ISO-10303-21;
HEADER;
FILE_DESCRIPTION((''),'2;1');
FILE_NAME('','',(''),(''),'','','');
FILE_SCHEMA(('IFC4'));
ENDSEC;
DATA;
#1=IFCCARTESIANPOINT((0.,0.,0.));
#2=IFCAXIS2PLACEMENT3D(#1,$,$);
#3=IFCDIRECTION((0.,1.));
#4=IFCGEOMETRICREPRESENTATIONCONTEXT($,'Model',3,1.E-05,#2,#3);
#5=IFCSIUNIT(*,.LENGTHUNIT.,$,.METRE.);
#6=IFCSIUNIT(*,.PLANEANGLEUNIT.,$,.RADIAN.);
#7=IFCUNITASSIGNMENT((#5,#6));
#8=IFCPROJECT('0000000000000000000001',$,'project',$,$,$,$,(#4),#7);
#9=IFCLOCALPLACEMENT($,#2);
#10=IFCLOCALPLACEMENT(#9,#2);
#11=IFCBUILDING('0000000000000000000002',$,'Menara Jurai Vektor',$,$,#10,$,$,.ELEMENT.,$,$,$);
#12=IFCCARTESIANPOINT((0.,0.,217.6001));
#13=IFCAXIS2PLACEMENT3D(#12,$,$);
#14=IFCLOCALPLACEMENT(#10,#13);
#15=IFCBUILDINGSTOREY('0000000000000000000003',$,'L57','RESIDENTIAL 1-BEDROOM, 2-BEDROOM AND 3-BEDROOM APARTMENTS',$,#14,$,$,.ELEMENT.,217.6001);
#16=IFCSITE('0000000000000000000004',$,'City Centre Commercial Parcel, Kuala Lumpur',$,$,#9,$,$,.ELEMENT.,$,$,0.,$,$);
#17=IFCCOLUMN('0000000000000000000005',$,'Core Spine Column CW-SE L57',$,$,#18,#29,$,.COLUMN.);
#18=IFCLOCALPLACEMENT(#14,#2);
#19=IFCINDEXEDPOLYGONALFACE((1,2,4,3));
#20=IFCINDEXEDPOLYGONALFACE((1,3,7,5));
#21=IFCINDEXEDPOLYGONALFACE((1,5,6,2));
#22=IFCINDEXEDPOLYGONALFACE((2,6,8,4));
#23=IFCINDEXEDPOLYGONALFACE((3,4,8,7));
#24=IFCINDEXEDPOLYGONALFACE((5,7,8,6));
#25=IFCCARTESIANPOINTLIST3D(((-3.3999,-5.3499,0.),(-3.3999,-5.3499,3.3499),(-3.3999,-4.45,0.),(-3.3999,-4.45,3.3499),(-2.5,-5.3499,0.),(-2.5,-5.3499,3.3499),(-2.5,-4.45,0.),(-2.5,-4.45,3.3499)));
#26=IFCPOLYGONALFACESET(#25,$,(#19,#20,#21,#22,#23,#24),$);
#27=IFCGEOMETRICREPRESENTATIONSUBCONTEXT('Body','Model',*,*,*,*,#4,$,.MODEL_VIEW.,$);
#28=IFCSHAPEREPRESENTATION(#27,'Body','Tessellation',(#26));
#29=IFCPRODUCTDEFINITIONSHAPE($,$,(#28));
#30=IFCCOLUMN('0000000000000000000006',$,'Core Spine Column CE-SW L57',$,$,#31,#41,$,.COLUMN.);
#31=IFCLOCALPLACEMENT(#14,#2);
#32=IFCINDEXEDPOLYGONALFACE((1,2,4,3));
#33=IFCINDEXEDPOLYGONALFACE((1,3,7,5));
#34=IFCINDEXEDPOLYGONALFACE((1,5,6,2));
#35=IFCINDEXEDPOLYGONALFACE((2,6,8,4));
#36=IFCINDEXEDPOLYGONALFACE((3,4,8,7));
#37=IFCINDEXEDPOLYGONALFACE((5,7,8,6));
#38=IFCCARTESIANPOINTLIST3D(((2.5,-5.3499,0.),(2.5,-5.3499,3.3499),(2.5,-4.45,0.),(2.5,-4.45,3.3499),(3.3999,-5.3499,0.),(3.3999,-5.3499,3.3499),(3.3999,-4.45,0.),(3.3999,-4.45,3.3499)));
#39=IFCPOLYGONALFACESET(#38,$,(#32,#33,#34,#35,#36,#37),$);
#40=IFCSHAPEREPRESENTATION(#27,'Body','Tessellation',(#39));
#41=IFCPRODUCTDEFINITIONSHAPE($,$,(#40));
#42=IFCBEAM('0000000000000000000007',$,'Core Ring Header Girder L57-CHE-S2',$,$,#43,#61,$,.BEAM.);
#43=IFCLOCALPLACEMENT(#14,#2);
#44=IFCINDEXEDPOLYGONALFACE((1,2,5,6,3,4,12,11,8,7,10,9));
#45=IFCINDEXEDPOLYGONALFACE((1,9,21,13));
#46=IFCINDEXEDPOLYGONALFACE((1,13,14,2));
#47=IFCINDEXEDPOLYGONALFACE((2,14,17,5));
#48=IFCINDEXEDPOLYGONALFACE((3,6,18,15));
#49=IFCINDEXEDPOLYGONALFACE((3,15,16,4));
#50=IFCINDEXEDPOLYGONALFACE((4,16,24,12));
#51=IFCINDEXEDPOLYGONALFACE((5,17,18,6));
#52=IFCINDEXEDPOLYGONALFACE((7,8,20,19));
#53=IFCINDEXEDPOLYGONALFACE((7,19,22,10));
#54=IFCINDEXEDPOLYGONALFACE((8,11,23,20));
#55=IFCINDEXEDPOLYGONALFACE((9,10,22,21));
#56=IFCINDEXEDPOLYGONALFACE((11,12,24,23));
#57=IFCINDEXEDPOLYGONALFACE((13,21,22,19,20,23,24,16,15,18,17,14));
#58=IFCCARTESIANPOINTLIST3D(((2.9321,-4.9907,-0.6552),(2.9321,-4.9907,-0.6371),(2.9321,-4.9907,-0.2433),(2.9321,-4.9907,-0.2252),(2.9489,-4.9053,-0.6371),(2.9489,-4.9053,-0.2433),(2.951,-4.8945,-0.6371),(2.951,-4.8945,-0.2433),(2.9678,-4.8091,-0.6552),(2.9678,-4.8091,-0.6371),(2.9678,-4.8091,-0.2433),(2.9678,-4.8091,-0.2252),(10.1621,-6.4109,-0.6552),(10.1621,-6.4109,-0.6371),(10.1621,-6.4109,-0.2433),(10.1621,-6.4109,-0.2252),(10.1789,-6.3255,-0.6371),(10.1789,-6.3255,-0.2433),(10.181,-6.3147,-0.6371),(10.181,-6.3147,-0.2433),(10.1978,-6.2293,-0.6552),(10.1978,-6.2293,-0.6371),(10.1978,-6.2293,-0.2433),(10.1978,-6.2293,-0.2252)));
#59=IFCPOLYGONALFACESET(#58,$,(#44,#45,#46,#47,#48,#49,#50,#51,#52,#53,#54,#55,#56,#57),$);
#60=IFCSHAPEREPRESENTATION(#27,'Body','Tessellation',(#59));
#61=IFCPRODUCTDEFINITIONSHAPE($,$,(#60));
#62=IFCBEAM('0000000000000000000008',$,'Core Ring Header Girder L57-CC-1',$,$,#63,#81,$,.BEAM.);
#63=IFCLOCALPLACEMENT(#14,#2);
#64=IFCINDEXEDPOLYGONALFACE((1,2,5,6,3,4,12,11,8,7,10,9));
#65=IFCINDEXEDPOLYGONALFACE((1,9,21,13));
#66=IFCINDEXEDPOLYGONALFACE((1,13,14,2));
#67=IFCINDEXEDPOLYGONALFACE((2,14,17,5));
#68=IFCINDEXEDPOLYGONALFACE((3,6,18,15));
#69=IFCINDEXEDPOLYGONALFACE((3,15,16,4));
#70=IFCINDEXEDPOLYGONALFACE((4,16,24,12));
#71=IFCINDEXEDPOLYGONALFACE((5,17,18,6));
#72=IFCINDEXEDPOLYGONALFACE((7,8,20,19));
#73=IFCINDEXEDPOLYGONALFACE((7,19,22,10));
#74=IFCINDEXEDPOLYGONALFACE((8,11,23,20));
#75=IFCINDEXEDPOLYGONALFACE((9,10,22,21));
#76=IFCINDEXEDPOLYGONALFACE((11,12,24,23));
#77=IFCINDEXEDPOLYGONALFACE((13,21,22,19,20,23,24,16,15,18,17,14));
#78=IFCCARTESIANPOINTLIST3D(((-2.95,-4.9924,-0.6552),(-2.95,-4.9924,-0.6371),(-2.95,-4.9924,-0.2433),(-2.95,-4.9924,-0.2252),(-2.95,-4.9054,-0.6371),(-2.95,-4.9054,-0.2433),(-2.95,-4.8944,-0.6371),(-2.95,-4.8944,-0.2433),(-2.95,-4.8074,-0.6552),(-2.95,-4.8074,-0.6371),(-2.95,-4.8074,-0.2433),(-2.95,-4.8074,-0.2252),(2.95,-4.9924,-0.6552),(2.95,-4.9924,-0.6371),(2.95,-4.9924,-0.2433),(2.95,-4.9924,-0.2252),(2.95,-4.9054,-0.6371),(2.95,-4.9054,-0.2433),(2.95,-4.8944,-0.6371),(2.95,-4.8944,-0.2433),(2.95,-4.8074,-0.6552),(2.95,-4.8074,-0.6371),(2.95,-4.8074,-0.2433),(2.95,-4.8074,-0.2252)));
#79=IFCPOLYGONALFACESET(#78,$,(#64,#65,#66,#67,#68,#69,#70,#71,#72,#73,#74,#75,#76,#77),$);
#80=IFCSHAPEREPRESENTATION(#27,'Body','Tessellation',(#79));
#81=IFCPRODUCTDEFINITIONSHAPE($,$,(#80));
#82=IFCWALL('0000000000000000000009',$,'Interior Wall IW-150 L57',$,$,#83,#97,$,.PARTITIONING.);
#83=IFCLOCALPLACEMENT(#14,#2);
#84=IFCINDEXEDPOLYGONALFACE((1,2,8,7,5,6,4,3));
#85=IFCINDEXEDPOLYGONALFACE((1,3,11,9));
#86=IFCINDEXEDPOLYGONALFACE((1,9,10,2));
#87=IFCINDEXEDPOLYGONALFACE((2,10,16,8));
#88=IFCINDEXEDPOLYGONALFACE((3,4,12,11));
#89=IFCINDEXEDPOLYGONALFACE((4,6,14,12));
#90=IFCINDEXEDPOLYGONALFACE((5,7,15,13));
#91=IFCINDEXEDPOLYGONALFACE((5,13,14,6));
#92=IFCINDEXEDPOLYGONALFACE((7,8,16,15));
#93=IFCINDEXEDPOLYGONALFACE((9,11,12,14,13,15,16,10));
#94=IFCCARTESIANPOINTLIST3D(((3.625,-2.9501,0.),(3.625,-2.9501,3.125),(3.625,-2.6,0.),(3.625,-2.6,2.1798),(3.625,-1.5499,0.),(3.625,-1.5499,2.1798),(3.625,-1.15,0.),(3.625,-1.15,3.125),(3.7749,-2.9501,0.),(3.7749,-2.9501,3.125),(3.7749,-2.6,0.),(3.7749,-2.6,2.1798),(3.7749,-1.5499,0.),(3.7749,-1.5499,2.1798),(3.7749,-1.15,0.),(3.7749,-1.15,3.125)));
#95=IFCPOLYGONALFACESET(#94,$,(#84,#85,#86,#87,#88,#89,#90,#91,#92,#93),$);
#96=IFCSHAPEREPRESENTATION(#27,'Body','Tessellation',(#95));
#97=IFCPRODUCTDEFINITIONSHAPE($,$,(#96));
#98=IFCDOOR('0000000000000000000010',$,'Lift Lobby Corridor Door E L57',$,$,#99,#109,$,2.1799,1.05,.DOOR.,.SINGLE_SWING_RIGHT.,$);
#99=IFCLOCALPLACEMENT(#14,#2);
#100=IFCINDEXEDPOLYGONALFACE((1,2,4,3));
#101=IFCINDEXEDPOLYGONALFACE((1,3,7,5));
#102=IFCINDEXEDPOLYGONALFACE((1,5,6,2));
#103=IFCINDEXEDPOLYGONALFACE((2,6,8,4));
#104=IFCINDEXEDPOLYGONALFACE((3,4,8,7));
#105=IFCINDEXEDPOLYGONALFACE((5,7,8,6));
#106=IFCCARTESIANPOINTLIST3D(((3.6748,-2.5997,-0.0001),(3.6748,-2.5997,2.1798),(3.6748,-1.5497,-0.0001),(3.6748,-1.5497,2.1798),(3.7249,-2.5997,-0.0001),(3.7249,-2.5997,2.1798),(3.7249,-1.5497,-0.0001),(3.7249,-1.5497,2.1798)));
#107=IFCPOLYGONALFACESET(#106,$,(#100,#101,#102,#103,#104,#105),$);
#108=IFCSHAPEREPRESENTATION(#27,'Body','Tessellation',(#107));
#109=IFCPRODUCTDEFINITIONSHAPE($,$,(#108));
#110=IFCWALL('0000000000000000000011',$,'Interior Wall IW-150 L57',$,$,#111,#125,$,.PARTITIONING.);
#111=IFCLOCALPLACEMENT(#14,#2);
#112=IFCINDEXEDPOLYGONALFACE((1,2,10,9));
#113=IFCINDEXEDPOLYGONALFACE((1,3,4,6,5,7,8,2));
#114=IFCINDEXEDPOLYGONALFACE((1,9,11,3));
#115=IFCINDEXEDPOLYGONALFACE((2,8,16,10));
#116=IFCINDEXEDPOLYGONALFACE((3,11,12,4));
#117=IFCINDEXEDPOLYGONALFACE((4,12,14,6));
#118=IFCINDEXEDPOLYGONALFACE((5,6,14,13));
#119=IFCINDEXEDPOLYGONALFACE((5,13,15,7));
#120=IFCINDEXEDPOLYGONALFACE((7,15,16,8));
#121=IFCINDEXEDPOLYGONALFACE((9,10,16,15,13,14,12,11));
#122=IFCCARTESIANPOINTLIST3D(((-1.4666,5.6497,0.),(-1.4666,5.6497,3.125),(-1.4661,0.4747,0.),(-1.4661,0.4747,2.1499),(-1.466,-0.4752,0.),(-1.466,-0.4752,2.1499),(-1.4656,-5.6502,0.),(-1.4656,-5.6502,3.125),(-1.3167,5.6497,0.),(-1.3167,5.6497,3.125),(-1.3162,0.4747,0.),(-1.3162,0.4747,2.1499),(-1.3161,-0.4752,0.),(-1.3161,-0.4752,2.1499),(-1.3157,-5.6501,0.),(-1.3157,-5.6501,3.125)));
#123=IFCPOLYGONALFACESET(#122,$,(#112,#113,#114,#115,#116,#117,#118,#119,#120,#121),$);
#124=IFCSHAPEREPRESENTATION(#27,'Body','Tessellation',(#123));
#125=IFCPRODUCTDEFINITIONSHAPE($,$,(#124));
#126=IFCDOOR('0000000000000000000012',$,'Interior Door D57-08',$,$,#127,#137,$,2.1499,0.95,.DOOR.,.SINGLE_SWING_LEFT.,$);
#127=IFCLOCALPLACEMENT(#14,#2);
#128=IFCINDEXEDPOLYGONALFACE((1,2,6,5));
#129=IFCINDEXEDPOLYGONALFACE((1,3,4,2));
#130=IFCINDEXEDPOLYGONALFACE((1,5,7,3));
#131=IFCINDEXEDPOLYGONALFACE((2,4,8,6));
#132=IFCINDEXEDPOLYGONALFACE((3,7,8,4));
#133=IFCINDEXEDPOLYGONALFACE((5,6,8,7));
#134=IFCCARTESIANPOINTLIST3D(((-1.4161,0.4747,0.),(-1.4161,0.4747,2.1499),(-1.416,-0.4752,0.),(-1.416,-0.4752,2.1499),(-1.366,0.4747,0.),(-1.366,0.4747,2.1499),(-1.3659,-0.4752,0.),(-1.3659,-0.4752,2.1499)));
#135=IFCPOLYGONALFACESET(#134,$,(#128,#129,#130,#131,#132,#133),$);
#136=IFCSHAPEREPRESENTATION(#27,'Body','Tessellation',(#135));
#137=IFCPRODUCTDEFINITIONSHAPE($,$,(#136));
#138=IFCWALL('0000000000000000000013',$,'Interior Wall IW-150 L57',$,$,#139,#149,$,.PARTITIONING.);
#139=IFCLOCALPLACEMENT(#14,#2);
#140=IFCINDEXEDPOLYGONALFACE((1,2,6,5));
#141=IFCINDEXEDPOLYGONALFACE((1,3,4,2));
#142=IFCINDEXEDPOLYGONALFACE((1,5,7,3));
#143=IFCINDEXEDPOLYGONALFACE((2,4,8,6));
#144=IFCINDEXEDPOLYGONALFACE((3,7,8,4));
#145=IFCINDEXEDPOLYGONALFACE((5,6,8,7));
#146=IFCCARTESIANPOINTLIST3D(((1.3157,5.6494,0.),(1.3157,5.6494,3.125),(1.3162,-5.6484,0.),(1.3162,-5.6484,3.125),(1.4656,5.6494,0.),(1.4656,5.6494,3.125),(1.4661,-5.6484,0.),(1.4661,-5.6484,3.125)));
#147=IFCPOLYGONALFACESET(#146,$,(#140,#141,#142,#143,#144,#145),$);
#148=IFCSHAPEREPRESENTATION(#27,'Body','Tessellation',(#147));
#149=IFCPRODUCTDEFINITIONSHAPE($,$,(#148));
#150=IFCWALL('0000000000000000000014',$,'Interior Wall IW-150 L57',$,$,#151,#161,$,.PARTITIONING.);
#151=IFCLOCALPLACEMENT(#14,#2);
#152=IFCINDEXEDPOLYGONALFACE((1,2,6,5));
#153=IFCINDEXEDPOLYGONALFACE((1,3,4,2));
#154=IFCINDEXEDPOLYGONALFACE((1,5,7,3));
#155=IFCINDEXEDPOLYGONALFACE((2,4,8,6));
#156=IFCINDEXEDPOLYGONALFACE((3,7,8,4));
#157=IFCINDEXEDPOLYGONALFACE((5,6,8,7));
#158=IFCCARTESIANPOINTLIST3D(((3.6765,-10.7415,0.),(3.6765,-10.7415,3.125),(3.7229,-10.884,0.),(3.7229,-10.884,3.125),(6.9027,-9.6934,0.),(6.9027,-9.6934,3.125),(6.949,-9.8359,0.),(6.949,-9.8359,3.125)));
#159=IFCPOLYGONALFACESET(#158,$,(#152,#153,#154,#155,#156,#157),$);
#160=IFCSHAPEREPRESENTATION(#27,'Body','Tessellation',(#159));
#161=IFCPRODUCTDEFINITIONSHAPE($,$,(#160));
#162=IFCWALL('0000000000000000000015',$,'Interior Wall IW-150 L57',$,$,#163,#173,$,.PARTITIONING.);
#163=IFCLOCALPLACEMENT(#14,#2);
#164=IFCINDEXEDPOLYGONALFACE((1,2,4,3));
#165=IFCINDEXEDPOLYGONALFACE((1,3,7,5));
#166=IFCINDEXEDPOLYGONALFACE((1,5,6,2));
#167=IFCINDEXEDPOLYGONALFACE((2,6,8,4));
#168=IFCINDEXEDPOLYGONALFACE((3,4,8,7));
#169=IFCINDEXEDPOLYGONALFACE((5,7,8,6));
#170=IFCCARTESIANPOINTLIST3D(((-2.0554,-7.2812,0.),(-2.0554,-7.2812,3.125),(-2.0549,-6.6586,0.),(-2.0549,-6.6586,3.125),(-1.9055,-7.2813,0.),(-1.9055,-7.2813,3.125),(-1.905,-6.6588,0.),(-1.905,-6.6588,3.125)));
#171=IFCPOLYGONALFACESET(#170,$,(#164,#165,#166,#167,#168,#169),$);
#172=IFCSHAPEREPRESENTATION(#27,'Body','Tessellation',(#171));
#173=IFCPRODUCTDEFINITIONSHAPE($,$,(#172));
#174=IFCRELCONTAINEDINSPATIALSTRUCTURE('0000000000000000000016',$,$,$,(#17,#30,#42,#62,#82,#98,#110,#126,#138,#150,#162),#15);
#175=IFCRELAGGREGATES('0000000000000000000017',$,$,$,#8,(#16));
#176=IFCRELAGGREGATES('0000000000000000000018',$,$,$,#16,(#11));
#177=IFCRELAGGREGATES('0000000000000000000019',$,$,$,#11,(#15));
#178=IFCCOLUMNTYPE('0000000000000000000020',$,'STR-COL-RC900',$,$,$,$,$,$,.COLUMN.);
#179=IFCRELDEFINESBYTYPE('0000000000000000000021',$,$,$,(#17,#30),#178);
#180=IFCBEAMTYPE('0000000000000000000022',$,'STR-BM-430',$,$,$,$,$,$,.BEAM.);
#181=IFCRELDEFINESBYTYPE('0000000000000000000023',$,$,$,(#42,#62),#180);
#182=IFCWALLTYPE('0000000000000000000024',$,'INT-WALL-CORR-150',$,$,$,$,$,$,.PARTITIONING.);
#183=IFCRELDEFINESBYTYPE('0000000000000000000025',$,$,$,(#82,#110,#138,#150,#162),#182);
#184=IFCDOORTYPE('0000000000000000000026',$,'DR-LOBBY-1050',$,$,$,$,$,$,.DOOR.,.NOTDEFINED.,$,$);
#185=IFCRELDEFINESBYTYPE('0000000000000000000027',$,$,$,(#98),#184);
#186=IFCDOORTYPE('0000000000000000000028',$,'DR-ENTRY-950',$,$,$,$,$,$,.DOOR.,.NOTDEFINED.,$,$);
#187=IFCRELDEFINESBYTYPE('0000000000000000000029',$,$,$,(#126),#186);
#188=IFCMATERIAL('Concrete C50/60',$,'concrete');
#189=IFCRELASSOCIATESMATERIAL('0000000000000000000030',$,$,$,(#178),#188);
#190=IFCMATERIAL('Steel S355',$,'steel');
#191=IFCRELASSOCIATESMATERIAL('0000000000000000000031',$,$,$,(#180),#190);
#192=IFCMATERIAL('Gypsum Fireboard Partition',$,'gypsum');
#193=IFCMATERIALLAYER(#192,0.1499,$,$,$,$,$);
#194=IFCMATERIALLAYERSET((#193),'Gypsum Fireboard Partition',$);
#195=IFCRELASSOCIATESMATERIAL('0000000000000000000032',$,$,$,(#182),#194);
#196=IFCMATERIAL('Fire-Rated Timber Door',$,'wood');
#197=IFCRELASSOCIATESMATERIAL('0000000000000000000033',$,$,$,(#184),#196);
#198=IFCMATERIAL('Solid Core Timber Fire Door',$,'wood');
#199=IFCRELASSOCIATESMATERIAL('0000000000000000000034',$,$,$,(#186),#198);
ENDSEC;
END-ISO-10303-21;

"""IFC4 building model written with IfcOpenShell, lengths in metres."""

from ifc_helpers import new_model, si_unit, direction, frame, frame_2d, origin, origin_2d, place, context, subcontext, project, spatial, rectangle, i_section, extrude, material, layer, layer_set, material_profile, profile_set, type_object, element, fill, save


model = new_model("IFC4")

# Units and contexts
model_context = context("Model", 3, precision=1e-05, world=origin(), true_north=direction((0.0, 1.0)))
body_context = subcontext(model_context, "Body", "Model", "MODEL_VIEW")
ifc_project = project(units=[si_unit("LENGTHUNIT", "METRE"), si_unit("PLANEANGLEUNIT", "RADIAN")], contexts=[model_context])

# Site, building, storey
site_placement = place(None, origin())
site = spatial("IfcSite", under=ifc_project, at=site_placement, Name="City Centre Commercial Parcel, Kuala Lumpur", CompositionType="ELEMENT", RefElevation=0.0)
building_placement = place(site_placement, origin())
building = spatial("IfcBuilding", under=site, at=building_placement, Name="Menara Jurai Vektor", CompositionType="ELEMENT")
storey_placement = place(building_placement, frame((0.0, 0.0, 217.6001)))
storey = spatial("IfcBuildingStorey", under=building, at=storey_placement, Name="L57", Description="RESIDENTIAL 1-BEDROOM, 2-BEDROOM AND 3-BEDROOM APARTMENTS", CompositionType="ELEMENT", Elevation=217.6001)

# Columns
ifc_material_1 = material(Name="Concrete C50/60", Category="concrete")
ifc_material_profile_1 = material_profile(ifc_material_1, rectangle(XDim=0.8999, YDim=0.8999, at=origin_2d()), Name="RC 900x900")
ifc_profile_set_1 = profile_set([ifc_material_profile_1], Name="Concrete C50/60")
column_type = type_object("IfcColumnType", Name="STR-COL-RC900", PredefinedType="COLUMN", material=ifc_profile_set_1)
for number, where, z_axis, x_axis, name in (
    (1, (-2.95, -4.8999, 0.0), (0.0, 0.0, 1.0), (1.0, 0.0, 0.0), "Core Spine Column CW-SE L57"),
    (2, (2.95, -4.8999, 0.0), (0.0, 0.0, 1.0), (1.0, 0.0, 0.0), "Core Spine Column CE-SW L57"),
):
    element("IfcColumn", number, at=place(storey_placement, frame(where, z_axis=z_axis, x_axis=x_axis)), inside=storey, type_object=column_type, Name=name, PredefinedType="COLUMN", context=body_context, shape_type="SweptSolid", body=[
        extrude(rectangle(XDim=0.8999, YDim=0.8999, at=origin_2d()), origin(), (0.0, 0.0, 1.0), 3.3499),
    ])

# Beams
ifc_material_2 = material(Name="Steel S355", Category="steel")
ifc_material_profile_2 = material_profile(ifc_material_2, i_section(OverallWidth=0.1851, OverallDepth=0.4299, WebThickness=0.011, FlangeThickness=0.0181, at=origin_2d()), Name="PG 430x185x76")
ifc_profile_set_2 = profile_set([ifc_material_profile_2], Name="Steel S355")
beam_type = type_object("IfcBeamType", Name="STR-BM-430", PredefinedType="BEAM", material=ifc_profile_set_2)
beam_1_placement = place(storey_placement, frame((2.95, -4.8999, -0.4402), z_axis=(0.981249, -0.192744, 0.0), x_axis=(0.192744, 0.981249, 0.0)))
element("IfcBeam", 3, at=beam_1_placement, inside=storey, type_object=beam_type, Name="Core Ring Header Girder L57-CHE-S2", PredefinedType="BEAM", context=body_context, shape_type="SweptSolid", body=[
    extrude(i_section(OverallWidth=0.1851, OverallDepth=0.4299, WebThickness=0.011, FlangeThickness=0.0181, at=origin_2d()), origin(), (0.0, 0.0, 1.0), 7.3682),
])
beam_2_placement = place(storey_placement, frame((-2.95, -4.8999, -0.4402), z_axis=(1.0, 0.0, 0.0), x_axis=(0.0, 1.0, 0.0)))
element("IfcBeam", 4, at=beam_2_placement, inside=storey, type_object=beam_type, Name="Core Ring Header Girder L57-CC-1", PredefinedType="BEAM", context=body_context, shape_type="SweptSolid", body=[
    extrude(i_section(OverallWidth=0.1851, OverallDepth=0.4299, WebThickness=0.011, FlangeThickness=0.0181, at=origin_2d()), origin(), (0.0, 0.0, 1.0), 5.8999),
])

# Walls, openings, doors
ifc_material_3 = material(Name="Gypsum Fireboard Partition", Category="gypsum")
ifc_layer_1 = layer(ifc_material_3, 0.1499)
ifc_layer_set_1 = layer_set([ifc_layer_1], Name="Gypsum Fireboard Partition")
wall_type_1 = type_object("IfcWallType", Name="INT-WALL-CORR-150", PredefinedType="PARTITIONING", material=ifc_layer_set_1)
wall_1_placement = place(storey_placement, frame((3.7, -2.95, 0.0), z_axis=(0.0, 0.0, 1.0), x_axis=(0.0, 1.0, 0.0)))
wall_1 = element("IfcWall", 5, at=wall_1_placement, inside=storey, type_object=wall_type_1, Name="Interior Wall IW-150 L57", PredefinedType="PARTITIONING", context=body_context, shape_type="SweptSolid", body=[
    extrude(rectangle(XDim=1.8, YDim=0.1499, at=frame_2d((0.8999, 0.0))), origin(), (0.0, 0.0, 1.0), 3.125),
])
opening_1_placement = place(wall_1_placement, frame((0.3501, 0.0, 0.0)))
opening_1 = element("IfcOpeningElement", 6, at=opening_1_placement, cuts=wall_1, PredefinedType="OPENING", context=body_context, shape_type="SweptSolid", body=[
    extrude(rectangle(XDim=1.05, YDim=2.1799, at=frame_2d((0.5249, 1.0898))), frame((0.0, 0.085, 0.0), z_axis=(0.0, -1.0, 0.0), x_axis=(1.0, 0.0, 0.0)), (0.0, 0.0, 1.0), 0.1699),
])
ifc_material_4 = material(Name="Fire-Rated Timber Door", Category="wood")
door_type_1 = type_object("IfcDoorType", Name="DR-LOBBY-1050", OperationType="NOTDEFINED", PredefinedType="DOOR", material=ifc_material_4)
door_1_placement = place(opening_1_placement, frame((1.05, 0.0, 0.0), z_axis=(0.0, 0.0, 1.0), x_axis=(-1.0, 0.0, 0.0)))
door_1 = element("IfcDoor", 7, at=door_1_placement, inside=storey, type_object=door_type_1, Name="Lift Lobby Corridor Door E L57", OperationType="SINGLE_SWING_RIGHT", OverallHeight=2.1799, OverallWidth=1.05, PredefinedType="DOOR", context=body_context, shape_type="SweptSolid", body=[
    extrude(rectangle(XDim=1.05, YDim=2.1799, at=frame_2d((0.5249, 1.0898))), frame((0.0, 0.0249, 0.0), z_axis=(0.0, -1.0, 0.0), x_axis=(1.0, 0.0, 0.0)), (0.0, 0.0, 1.0), 0.05),
])
fill(opening_1, door_1)
wall_2_placement = place(storey_placement, frame((-1.3906, -5.6501, 0.0), z_axis=(0.0, 0.0, 1.0), x_axis=(-0.000086, 1.0, 0.0)))
wall_2 = element("IfcWall", 8, at=wall_2_placement, inside=storey, type_object=wall_type_1, Name="Interior Wall IW-150 L57", PredefinedType="PARTITIONING", context=body_context, shape_type="SweptSolid", body=[
    extrude(rectangle(XDim=11.2998, YDim=0.1499, at=frame_2d((5.6499, 0.0))), origin(), (0.0, 0.0, 1.0), 3.125),
])
opening_2_placement = place(wall_2_placement, frame((5.1748, 0.0, 0.0)))
opening_2 = element("IfcOpeningElement", 9, at=opening_2_placement, cuts=wall_2, PredefinedType="OPENING", context=body_context, shape_type="SweptSolid", body=[
    extrude(rectangle(XDim=0.95, YDim=2.1499, at=frame_2d((0.4751, 1.075))), frame((0.0, 0.085, 0.0), z_axis=(0.0, -1.0, 0.0), x_axis=(1.0, 0.0, 0.0)), (0.0, 0.0, 1.0), 0.1699),
])
ifc_material_5 = material(Name="Solid Core Timber Fire Door", Category="wood")
door_type_2 = type_object("IfcDoorType", Name="DR-ENTRY-950", OperationType="NOTDEFINED", PredefinedType="DOOR", material=ifc_material_5)
door_2_placement = place(opening_2_placement, origin())
door_2 = element("IfcDoor", 10, at=door_2_placement, inside=storey, type_object=door_type_2, Name="Interior Door D57-08", OperationType="SINGLE_SWING_LEFT", OverallHeight=2.1499, OverallWidth=0.95, PredefinedType="DOOR", context=body_context, shape_type="SweptSolid", body=[
    extrude(rectangle(XDim=0.95, YDim=2.1499, at=frame_2d((0.4751, 1.075))), frame((0.0, 0.0249, 0.0), z_axis=(0.0, -1.0, 0.0), x_axis=(1.0, 0.0, 0.0)), (0.0, 0.0, 1.0), 0.05),
])
fill(opening_2, door_2)

# Walls
wall_3_placement = place(storey_placement, frame((1.3911, -5.6484, 0.0), z_axis=(0.0, 0.0, 1.0), x_axis=(-0.000043, 1.0, 0.0)))
element("IfcWall", 11, at=wall_3_placement, inside=storey, type_object=wall_type_1, Name="Interior Wall IW-150 L57", PredefinedType="PARTITIONING", context=body_context, shape_type="SweptSolid", body=[
    extrude(rectangle(XDim=11.2979, YDim=0.1499, at=frame_2d((5.6489, 0.0))), origin(), (0.0, 0.0, 1.0), 3.125),
])
wall_4_placement = place(storey_placement, frame((3.6997, -10.8127, 0.0), z_axis=(0.0, 0.0, 1.0), x_axis=(0.951067, 0.308985, 0.0)))
element("IfcWall", 12, at=wall_4_placement, inside=storey, type_object=wall_type_1, Name="Interior Wall IW-150 L57", PredefinedType="PARTITIONING", context=body_context, shape_type="SweptSolid", body=[
    extrude(rectangle(XDim=3.3921, YDim=0.1499, at=frame_2d((1.696, 0.0))), origin(), (0.0, 0.0, 1.0), 3.125),
])

# Wall
wall_5_placement = place(storey_placement, frame((-1.9805, -7.2812, 0.0), z_axis=(0.0, 0.0, 1.0), x_axis=(0.000784, 1.0, 0.0)))
element("IfcWall", 13, at=wall_5_placement, inside=storey, type_object=wall_type_1, Name="Interior Wall IW-150 L57", PredefinedType="PARTITIONING", context=body_context, shape_type="SweptSolid", body=[
    extrude(rectangle(XDim=0.6226, YDim=0.1499, at=frame_2d((0.3113, 0.0))), origin(), (0.0, 0.0, 1.0), 3.125),
])

save(model, "model.ifc")
